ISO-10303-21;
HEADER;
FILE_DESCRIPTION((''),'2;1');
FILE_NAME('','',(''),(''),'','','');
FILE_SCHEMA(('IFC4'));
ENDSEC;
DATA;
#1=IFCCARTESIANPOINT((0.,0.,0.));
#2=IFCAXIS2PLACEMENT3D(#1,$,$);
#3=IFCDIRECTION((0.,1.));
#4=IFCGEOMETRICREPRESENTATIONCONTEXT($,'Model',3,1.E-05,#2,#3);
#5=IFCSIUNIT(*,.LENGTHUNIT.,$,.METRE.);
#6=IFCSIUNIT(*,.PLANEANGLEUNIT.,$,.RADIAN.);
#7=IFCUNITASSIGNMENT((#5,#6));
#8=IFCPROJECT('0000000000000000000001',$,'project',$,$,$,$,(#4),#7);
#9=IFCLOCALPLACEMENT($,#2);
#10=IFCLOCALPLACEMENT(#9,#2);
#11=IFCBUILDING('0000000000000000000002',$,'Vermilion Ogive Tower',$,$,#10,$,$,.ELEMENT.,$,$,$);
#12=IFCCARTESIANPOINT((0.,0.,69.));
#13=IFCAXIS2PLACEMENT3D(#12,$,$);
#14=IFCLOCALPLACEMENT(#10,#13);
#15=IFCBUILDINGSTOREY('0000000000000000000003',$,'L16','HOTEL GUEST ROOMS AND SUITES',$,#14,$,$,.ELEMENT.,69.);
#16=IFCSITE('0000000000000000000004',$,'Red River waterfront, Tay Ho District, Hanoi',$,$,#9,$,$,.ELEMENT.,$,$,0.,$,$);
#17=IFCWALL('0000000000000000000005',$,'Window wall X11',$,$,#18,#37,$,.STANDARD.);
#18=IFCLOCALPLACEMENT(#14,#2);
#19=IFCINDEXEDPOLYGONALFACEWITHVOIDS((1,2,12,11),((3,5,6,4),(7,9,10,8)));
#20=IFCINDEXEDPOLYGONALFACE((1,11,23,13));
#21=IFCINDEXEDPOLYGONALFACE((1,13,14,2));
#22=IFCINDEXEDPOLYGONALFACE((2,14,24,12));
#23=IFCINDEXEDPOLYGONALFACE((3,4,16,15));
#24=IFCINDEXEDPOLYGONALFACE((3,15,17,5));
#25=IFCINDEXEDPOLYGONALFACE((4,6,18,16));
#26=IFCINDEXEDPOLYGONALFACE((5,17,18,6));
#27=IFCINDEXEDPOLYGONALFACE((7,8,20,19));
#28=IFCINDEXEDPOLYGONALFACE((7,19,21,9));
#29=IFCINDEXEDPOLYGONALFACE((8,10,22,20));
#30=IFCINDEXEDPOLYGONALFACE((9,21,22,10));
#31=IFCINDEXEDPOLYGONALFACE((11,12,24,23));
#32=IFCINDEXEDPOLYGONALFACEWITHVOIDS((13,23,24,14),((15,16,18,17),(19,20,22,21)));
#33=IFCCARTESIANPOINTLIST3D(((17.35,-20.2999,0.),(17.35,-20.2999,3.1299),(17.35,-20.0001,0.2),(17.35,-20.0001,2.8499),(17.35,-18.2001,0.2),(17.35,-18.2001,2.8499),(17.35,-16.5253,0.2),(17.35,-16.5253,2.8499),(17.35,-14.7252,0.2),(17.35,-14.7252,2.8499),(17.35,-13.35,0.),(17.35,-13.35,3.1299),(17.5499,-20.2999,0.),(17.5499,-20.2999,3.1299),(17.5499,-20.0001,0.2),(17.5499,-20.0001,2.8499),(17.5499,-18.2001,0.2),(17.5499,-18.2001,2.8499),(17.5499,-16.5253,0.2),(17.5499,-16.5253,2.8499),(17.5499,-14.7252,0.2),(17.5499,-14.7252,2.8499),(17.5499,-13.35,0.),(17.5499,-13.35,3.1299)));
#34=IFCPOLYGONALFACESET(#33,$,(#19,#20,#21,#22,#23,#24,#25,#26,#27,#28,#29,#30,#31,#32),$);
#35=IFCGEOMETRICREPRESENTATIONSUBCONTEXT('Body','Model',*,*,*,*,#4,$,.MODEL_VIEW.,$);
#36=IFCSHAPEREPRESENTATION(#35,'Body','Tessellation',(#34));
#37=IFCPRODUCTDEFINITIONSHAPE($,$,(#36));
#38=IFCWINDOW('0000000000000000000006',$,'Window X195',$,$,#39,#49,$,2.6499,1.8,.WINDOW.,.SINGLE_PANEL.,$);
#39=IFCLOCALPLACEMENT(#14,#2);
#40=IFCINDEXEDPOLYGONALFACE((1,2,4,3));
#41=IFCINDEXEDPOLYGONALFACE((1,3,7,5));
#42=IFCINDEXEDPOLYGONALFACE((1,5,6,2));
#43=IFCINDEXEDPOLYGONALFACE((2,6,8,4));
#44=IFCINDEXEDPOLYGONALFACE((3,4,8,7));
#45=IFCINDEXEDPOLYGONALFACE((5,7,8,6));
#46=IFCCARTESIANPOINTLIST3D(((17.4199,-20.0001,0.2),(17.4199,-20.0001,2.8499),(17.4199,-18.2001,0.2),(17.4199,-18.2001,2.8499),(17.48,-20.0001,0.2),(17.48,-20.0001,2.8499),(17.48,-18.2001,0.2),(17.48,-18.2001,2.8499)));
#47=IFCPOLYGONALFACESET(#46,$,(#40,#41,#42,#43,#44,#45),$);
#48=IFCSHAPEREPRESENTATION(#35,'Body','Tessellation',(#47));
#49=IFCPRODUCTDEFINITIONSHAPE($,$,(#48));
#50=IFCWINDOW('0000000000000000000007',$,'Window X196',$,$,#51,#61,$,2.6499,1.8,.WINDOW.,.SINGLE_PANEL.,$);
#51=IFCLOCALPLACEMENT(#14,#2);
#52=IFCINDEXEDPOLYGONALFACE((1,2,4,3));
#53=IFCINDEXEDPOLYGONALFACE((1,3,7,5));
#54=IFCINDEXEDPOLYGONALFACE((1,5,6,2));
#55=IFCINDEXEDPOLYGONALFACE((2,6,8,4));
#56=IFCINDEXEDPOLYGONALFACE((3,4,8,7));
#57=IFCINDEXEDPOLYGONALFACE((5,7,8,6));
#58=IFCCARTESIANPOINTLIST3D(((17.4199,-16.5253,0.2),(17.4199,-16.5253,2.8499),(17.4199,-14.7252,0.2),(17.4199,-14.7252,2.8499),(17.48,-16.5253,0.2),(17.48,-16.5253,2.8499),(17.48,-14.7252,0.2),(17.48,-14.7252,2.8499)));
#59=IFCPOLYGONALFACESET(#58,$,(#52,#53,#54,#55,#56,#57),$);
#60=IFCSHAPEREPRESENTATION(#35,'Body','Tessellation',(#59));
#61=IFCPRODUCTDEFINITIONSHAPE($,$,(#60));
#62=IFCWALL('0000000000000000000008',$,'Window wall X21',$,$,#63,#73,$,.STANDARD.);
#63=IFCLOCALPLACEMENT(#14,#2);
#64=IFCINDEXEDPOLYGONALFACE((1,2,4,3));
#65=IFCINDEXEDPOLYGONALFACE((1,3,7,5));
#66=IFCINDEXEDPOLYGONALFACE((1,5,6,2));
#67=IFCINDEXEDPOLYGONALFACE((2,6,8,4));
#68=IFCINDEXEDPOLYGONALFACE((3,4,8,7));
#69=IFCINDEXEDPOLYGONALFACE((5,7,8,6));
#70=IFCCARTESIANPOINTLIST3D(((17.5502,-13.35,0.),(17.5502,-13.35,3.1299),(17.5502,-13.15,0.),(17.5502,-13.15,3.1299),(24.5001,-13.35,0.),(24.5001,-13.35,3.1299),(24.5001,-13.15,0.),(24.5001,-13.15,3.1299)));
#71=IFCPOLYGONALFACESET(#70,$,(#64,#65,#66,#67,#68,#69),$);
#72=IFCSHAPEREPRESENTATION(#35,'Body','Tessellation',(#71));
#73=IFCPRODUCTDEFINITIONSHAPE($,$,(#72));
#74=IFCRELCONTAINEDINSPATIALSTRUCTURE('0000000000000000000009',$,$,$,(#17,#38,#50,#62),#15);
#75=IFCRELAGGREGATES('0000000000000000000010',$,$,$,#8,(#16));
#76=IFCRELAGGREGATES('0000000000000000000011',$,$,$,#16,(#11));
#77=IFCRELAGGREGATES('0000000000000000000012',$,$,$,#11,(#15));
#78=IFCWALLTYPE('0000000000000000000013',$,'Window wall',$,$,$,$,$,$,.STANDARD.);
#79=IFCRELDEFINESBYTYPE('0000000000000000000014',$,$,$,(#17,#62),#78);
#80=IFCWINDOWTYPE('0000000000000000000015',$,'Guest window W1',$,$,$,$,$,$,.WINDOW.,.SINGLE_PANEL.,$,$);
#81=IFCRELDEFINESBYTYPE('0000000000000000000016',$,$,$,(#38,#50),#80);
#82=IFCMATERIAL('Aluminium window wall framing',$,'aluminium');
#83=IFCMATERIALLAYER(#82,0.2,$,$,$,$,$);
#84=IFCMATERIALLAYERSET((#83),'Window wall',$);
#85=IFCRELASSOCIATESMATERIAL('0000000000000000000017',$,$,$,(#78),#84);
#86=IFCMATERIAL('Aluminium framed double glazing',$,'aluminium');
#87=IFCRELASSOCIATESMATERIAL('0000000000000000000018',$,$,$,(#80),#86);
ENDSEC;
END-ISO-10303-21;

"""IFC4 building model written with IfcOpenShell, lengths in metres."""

from ifc_helpers import new_model, si_unit, direction, frame, frame_2d, origin, place, context, subcontext, project, spatial, rectangle, extrude, material, layer, layer_set, type_object, element, fill, save


model = new_model("IFC4")

# Units and contexts
model_context = context("Model", 3, precision=1e-05, world=origin(), true_north=direction((0.0, 1.0)))
body_context = subcontext(model_context, "Body", "Model", "MODEL_VIEW")
ifc_project = project(units=[si_unit("LENGTHUNIT", "METRE"), si_unit("PLANEANGLEUNIT", "RADIAN")], contexts=[model_context])

# Site, building, storey
site_placement = place(None, origin())
site = spatial("IfcSite", under=ifc_project, at=site_placement, Name="Red River waterfront, Tay Ho District, Hanoi", CompositionType="ELEMENT", RefElevation=0.0)
building_placement = place(site_placement, origin())
building = spatial("IfcBuilding", under=site, at=building_placement, Name="Vermilion Ogive Tower", CompositionType="ELEMENT")
storey_placement = place(building_placement, frame((0.0, 0.0, 69.0)))
storey = spatial("IfcBuildingStorey", under=building, at=storey_placement, Name="L16", Description="HOTEL GUEST ROOMS AND SUITES", CompositionType="ELEMENT", Elevation=69.0)

# Wall, openings, windows
ifc_material_1 = material(Name="Aluminium window wall framing", Category="aluminium")
ifc_layer_1 = layer(ifc_material_1, 0.2)
ifc_layer_set_1 = layer_set([ifc_layer_1], Name="Window wall")
wall_type_1 = type_object("IfcWallType", Name="Window wall", PredefinedType="STANDARD", material=ifc_layer_set_1)
wall_1_placement = place(storey_placement, frame((17.45, -20.3, 0.0), z_axis=(0.0, 0.0, 1.0), x_axis=(0.0, 1.0, 0.0)))
wall_1 = element("IfcWall", 1, at=wall_1_placement, inside=storey, type_object=wall_type_1, Name="Window wall X11", PredefinedType="STANDARD", context=body_context, shape_type="SweptSolid", body=[
    extrude(rectangle(XDim=6.95, YDim=0.2, at=frame_2d((3.4751, 0.0))), origin(), (0.0, 0.0, 1.0), 3.1299),
])
opening_1_placement = place(wall_1_placement, frame((0.3, 0.0, 0.2)))
opening_1 = element("IfcOpeningElement", 2, at=opening_1_placement, cuts=wall_1, PredefinedType="OPENING", context=body_context, shape_type="SweptSolid", body=[
    extrude(rectangle(XDim=1.8, YDim=2.6499, at=frame_2d((0.8999, 1.325))), frame((0.0, 0.1099, 0.0), z_axis=(0.0, -1.0, 0.0), x_axis=(1.0, 0.0, 0.0)), (0.0, 0.0, 1.0), 0.22),
])
opening_2_placement = place(wall_1_placement, frame((3.7749, 0.0, 0.2)))
opening_2 = element("IfcOpeningElement", 3, at=opening_2_placement, cuts=wall_1, PredefinedType="OPENING", context=body_context, shape_type="SweptSolid", body=[
    extrude(rectangle(XDim=1.8, YDim=2.6499, at=frame_2d((0.8999, 1.325))), frame((0.0, 0.1099, 0.0), z_axis=(0.0, -1.0, 0.0), x_axis=(1.0, 0.0, 0.0)), (0.0, 0.0, 1.0), 0.22),
])
ifc_material_2 = material(Name="Aluminium framed double glazing", Category="aluminium")
window_type = type_object("IfcWindowType", Name="Guest window W1", PartitioningType="SINGLE_PANEL", PredefinedType="WINDOW", material=ifc_material_2)
window_1_placement = place(opening_1_placement, origin())
window_1 = element("IfcWindow", 4, at=window_1_placement, inside=storey, type_object=window_type, Name="Window X195", OverallHeight=2.6499, OverallWidth=1.8, PartitioningType="SINGLE_PANEL", PredefinedType="WINDOW", context=body_context, shape_type="SweptSolid", body=[
    extrude(rectangle(XDim=1.8, YDim=2.6499, at=frame_2d((0.8999, 1.325))), frame((0.0, 0.03, 0.0), z_axis=(0.0, -1.0, 0.0), x_axis=(1.0, 0.0, 0.0)), (0.0, 0.0, 1.0), 0.0601),
])
fill(opening_1, window_1)
window_2_placement = place(opening_2_placement, origin())
window_2 = element("IfcWindow", 5, at=window_2_placement, inside=storey, type_object=window_type, Name="Window X196", OverallHeight=2.6499, OverallWidth=1.8, PartitioningType="SINGLE_PANEL", PredefinedType="WINDOW", context=body_context, shape_type="SweptSolid", body=[
    extrude(rectangle(XDim=1.8, YDim=2.6499, at=frame_2d((0.8999, 1.325))), frame((0.0, 0.03, 0.0), z_axis=(0.0, -1.0, 0.0), x_axis=(1.0, 0.0, 0.0)), (0.0, 0.0, 1.0), 0.0601),
])
fill(opening_2, window_2)

# Wall
wall_2_placement = place(storey_placement, frame((17.55, -13.25, 0.0), z_axis=(0.0, 0.0, 1.0), x_axis=(1.0, 0.0, 0.0)))
element("IfcWall", 6, at=wall_2_placement, inside=storey, type_object=wall_type_1, Name="Window wall X21", PredefinedType="STANDARD", context=body_context, shape_type="SweptSolid", body=[
    extrude(rectangle(XDim=6.95, YDim=0.2, at=frame_2d((3.4751, 0.0))), origin(), (0.0, 0.0, 1.0), 3.1299),
])

save(model, "model.ifc")
